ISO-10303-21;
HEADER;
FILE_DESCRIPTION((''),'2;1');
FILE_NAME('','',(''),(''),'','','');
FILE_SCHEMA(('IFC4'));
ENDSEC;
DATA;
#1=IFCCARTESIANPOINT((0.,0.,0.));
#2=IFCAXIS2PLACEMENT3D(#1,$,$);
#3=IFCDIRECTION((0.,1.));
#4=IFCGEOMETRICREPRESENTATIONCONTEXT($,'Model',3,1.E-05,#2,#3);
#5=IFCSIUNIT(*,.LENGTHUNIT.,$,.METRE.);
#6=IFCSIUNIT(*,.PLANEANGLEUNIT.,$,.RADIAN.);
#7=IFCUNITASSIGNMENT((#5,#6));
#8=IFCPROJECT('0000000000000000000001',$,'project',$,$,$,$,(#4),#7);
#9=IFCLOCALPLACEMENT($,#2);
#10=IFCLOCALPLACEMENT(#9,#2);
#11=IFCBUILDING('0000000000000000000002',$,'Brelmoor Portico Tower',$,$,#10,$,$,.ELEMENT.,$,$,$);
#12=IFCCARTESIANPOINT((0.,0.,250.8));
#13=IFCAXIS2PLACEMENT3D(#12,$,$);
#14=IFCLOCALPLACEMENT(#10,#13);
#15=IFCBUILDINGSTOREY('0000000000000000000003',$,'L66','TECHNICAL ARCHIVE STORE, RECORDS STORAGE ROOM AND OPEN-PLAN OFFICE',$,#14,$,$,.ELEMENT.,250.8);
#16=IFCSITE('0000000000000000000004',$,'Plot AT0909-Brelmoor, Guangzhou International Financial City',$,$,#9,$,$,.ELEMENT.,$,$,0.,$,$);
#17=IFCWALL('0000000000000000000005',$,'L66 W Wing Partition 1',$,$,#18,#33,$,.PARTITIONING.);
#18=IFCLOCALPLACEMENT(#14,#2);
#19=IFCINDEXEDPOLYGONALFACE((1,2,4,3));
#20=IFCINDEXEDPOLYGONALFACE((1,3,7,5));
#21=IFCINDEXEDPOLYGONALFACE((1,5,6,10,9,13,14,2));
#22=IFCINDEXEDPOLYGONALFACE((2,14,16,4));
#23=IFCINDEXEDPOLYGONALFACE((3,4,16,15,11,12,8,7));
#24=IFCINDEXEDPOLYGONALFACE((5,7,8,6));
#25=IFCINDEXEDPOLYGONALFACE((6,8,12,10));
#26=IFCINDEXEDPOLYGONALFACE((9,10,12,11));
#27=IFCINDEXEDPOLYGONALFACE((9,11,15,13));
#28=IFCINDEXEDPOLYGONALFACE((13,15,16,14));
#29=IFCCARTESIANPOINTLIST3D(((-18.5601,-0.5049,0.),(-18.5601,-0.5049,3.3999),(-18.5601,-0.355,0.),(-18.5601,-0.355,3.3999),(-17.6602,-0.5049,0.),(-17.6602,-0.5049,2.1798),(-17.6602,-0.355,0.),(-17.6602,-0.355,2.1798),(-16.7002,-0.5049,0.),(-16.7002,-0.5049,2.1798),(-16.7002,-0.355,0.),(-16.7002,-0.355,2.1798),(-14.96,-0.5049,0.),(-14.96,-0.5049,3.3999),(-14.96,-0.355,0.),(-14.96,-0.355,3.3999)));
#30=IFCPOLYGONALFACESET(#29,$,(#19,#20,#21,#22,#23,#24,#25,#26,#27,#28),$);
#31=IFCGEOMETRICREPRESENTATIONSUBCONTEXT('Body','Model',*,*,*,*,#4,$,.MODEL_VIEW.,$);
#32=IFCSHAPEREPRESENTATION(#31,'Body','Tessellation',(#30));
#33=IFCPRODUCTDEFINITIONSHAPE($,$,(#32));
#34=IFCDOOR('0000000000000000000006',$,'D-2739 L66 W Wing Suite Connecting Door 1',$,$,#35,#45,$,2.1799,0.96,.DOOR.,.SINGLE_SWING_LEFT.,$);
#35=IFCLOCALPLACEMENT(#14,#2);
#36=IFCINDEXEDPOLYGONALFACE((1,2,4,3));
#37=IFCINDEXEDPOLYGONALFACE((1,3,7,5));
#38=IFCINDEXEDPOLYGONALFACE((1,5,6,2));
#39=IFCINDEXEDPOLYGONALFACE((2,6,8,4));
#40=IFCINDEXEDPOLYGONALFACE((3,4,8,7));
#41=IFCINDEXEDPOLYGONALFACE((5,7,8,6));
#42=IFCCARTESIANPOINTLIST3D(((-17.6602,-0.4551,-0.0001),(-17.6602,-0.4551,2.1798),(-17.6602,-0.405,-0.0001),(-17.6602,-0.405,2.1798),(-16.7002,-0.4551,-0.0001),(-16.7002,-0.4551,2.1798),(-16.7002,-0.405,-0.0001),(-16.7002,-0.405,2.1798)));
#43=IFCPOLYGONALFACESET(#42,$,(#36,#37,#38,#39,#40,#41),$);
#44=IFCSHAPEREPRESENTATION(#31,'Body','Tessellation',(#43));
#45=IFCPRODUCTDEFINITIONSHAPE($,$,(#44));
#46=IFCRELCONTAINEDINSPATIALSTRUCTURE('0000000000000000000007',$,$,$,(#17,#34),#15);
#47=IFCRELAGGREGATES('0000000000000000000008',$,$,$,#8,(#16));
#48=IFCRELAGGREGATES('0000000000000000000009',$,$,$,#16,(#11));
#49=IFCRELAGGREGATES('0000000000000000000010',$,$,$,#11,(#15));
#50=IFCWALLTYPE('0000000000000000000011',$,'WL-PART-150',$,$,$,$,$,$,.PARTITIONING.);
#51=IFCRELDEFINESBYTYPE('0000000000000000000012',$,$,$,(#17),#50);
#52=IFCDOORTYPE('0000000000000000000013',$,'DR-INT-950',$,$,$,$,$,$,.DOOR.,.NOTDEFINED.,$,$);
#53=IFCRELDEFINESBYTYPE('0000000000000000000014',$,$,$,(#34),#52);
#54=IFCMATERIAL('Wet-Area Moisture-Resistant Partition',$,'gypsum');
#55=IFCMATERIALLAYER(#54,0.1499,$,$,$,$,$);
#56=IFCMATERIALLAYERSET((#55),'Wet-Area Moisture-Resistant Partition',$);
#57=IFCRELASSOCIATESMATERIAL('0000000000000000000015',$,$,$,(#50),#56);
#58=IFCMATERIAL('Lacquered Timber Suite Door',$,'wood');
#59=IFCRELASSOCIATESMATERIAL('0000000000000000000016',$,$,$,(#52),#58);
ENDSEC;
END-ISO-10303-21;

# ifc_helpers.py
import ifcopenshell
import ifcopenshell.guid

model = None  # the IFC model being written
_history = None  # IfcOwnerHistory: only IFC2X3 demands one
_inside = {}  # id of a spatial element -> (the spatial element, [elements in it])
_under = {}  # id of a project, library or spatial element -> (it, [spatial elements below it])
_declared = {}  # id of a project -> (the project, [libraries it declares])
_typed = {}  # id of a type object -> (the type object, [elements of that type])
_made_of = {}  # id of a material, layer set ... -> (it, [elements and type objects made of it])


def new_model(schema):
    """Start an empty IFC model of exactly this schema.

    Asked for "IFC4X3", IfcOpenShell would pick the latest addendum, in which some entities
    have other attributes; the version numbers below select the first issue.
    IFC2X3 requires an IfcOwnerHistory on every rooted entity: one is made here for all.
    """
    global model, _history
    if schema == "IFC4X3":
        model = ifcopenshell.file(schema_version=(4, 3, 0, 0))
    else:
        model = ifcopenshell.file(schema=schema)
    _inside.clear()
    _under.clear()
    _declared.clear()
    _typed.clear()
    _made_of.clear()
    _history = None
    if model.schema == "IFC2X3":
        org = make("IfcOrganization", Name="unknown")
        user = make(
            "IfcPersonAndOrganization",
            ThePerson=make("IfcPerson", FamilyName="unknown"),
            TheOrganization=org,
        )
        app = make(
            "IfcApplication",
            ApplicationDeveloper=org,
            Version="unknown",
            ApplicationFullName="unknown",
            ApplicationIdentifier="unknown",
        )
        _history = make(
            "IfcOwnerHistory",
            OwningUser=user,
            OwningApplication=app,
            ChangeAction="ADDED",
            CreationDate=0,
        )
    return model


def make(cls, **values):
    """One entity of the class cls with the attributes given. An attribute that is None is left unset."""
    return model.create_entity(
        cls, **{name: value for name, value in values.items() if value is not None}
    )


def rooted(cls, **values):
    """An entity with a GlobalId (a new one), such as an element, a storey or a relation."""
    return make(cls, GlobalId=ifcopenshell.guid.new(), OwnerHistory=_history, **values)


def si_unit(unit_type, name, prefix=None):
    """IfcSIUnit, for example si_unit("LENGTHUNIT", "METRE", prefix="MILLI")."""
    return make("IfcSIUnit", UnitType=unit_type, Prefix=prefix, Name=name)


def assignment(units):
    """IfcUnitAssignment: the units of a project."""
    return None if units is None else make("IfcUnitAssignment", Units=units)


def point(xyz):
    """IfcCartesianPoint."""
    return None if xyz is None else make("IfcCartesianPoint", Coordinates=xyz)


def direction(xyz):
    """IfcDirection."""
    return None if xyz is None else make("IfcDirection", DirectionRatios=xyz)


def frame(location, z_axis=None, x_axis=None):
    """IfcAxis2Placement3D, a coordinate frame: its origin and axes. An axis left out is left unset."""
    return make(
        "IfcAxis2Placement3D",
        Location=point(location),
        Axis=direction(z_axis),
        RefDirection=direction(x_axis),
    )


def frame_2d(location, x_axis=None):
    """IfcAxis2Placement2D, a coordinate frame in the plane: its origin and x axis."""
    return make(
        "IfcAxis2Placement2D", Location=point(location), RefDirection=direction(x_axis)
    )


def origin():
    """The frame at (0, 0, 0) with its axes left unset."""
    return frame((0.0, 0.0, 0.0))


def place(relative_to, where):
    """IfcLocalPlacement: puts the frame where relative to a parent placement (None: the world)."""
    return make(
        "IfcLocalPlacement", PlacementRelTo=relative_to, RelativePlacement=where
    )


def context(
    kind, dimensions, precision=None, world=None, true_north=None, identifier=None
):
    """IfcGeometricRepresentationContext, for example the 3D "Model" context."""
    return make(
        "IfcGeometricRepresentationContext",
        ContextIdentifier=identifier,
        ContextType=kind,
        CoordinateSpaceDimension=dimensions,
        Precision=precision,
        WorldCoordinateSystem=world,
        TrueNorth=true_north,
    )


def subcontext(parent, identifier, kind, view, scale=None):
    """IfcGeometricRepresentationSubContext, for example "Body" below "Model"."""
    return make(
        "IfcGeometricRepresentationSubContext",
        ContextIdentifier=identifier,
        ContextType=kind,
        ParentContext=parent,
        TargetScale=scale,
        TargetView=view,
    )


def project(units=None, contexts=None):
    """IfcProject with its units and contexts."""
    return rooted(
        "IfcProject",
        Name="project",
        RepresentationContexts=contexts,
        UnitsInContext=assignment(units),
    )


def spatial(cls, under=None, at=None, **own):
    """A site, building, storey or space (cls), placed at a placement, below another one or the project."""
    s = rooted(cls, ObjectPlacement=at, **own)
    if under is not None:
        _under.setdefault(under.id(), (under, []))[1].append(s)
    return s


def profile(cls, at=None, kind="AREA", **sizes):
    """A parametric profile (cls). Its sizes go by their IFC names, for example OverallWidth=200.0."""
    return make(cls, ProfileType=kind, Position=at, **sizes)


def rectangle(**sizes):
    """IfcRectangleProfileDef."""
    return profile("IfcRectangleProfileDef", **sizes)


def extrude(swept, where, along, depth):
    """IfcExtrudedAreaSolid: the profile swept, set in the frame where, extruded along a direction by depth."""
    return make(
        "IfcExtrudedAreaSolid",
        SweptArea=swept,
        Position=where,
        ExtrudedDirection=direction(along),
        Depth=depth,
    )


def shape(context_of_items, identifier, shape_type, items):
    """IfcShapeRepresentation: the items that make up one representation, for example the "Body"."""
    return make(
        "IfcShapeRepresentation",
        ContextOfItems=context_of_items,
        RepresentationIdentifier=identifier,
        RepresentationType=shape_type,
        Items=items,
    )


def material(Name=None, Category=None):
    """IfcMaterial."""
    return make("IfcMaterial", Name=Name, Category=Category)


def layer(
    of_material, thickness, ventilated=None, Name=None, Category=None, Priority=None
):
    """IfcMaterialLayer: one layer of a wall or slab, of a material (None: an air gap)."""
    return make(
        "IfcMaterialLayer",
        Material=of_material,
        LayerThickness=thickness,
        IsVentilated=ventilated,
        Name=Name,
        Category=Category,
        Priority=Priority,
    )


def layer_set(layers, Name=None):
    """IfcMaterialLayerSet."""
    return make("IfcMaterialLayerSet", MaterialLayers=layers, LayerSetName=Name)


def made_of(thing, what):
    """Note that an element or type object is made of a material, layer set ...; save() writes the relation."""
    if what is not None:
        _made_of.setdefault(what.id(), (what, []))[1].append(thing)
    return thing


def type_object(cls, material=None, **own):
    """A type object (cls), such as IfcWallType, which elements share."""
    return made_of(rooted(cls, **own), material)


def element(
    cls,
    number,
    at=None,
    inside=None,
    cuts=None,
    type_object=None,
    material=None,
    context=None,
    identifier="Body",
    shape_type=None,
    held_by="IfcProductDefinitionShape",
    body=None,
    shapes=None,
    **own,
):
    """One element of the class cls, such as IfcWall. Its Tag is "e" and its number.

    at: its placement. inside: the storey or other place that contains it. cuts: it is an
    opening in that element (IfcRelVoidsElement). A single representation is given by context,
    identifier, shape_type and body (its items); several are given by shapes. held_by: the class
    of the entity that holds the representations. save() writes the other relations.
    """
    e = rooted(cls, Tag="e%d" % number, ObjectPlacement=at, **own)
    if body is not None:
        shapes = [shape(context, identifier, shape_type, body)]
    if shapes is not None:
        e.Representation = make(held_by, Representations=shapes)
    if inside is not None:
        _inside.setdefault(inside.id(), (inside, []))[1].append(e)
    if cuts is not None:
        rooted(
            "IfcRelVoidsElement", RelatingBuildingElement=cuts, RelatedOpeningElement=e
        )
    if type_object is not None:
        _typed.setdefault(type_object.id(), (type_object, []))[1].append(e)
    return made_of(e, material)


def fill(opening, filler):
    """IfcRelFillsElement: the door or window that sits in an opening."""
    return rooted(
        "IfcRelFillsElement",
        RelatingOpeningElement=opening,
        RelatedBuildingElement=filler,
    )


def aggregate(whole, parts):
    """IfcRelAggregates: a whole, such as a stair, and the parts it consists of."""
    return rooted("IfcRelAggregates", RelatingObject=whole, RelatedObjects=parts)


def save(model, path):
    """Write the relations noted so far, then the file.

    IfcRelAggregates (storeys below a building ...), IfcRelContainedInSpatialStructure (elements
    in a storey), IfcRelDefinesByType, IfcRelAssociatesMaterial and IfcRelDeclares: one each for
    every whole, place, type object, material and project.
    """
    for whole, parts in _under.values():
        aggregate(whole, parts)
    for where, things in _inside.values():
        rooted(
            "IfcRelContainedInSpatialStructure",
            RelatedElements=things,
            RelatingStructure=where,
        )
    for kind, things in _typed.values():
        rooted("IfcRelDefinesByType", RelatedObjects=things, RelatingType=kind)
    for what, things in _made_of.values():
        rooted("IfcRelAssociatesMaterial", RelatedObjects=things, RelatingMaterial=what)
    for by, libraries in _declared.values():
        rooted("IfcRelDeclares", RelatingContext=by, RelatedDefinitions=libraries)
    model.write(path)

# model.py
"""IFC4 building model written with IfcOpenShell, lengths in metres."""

from ifc_helpers import new_model, si_unit, direction, frame, frame_2d, origin, place, context, subcontext, project, spatial, rectangle, extrude, material, layer, layer_set, type_object, element, fill, save


model = new_model("IFC4")

# Units and contexts
model_context = context("Model", 3, precision=1e-05, world=origin(), true_north=direction((0.0, 1.0)))
body_context = subcontext(model_context, "Body", "Model", "MODEL_VIEW")
ifc_project = project(units=[si_unit("LENGTHUNIT", "METRE"), si_unit("PLANEANGLEUNIT", "RADIAN")], contexts=[model_context])

# Site, building, storey
site_placement = place(None, origin())
site = spatial("IfcSite", under=ifc_project, at=site_placement, Name="Plot AT0909-Brelmoor, Guangzhou International Financial City", CompositionType="ELEMENT", RefElevation=0.0)
building_placement = place(site_placement, origin())
building = spatial("IfcBuilding", under=site, at=building_placement, Name="Brelmoor Portico Tower", CompositionType="ELEMENT")
storey_placement = place(building_placement, frame((0.0, 0.0, 250.8)))
storey = spatial("IfcBuildingStorey", under=building, at=storey_placement, Name="L66", Description="TECHNICAL ARCHIVE STORE, RECORDS STORAGE ROOM AND OPEN-PLAN OFFICE", CompositionType="ELEMENT", Elevation=250.8)

# Wall, opening, door
ifc_material_1 = material(Name="Wet-Area Moisture-Resistant Partition", Category="gypsum")
ifc_layer_1 = layer(ifc_material_1, 0.1499)
ifc_layer_set_1 = layer_set([ifc_layer_1], Name="Wet-Area Moisture-Resistant Partition")
wall_type_1 = type_object("IfcWallType", Name="WL-PART-150", PredefinedType="PARTITIONING", material=ifc_layer_set_1)
wall_1_placement = place(storey_placement, frame((-18.5601, -0.4299, 0.0), z_axis=(0.0, 0.0, 1.0), x_axis=(1.0, 0.0, 0.0)))
wall_1 = element("IfcWall", 1, at=wall_1_placement, inside=storey, type_object=wall_type_1, Name="L66 W Wing Partition 1", PredefinedType="PARTITIONING", context=body_context, shape_type="SweptSolid", body=[
    extrude(rectangle(XDim=3.6001, YDim=0.1499, at=frame_2d((1.8, 0.0))), origin(), (0.0, 0.0, 1.0), 3.3999),
])
opening_placement = place(wall_1_placement, frame((0.8999, 0.0, 0.0)))
opening = element("IfcOpeningElement", 2, at=opening_placement, cuts=wall_1, PredefinedType="OPENING", context=body_context, shape_type="SweptSolid", body=[
    extrude(rectangle(XDim=0.96, YDim=2.1799, at=frame_2d((0.48, 1.0898))), frame((0.0, 0.085, 0.0), z_axis=(0.0, -1.0, 0.0), x_axis=(1.0, 0.0, 0.0)), (0.0, 0.0, 1.0), 0.1699),
])
ifc_material_2 = material(Name="Lacquered Timber Suite Door", Category="wood")
door_type = type_object("IfcDoorType", Name="DR-INT-950", OperationType="NOTDEFINED", PredefinedType="DOOR", material=ifc_material_2)
door_placement = place(opening_placement, origin())
door = element("IfcDoor", 3, at=door_placement, inside=storey, type_object=door_type, Name="D-2739 L66 W Wing Suite Connecting Door 1", OperationType="SINGLE_SWING_LEFT", OverallHeight=2.1799, OverallWidth=0.96, PredefinedType="DOOR", context=body_context, shape_type="SweptSolid", body=[
    extrude(rectangle(XDim=0.96, YDim=2.1799, at=frame_2d((0.48, 1.0898))), frame((0.0, 0.0249, 0.0), z_axis=(0.0, -1.0, 0.0), x_axis=(1.0, 0.0, 0.0)), (0.0, 0.0, 1.0), 0.05),
])
fill(opening, door)

save(model, "model.ifc")
